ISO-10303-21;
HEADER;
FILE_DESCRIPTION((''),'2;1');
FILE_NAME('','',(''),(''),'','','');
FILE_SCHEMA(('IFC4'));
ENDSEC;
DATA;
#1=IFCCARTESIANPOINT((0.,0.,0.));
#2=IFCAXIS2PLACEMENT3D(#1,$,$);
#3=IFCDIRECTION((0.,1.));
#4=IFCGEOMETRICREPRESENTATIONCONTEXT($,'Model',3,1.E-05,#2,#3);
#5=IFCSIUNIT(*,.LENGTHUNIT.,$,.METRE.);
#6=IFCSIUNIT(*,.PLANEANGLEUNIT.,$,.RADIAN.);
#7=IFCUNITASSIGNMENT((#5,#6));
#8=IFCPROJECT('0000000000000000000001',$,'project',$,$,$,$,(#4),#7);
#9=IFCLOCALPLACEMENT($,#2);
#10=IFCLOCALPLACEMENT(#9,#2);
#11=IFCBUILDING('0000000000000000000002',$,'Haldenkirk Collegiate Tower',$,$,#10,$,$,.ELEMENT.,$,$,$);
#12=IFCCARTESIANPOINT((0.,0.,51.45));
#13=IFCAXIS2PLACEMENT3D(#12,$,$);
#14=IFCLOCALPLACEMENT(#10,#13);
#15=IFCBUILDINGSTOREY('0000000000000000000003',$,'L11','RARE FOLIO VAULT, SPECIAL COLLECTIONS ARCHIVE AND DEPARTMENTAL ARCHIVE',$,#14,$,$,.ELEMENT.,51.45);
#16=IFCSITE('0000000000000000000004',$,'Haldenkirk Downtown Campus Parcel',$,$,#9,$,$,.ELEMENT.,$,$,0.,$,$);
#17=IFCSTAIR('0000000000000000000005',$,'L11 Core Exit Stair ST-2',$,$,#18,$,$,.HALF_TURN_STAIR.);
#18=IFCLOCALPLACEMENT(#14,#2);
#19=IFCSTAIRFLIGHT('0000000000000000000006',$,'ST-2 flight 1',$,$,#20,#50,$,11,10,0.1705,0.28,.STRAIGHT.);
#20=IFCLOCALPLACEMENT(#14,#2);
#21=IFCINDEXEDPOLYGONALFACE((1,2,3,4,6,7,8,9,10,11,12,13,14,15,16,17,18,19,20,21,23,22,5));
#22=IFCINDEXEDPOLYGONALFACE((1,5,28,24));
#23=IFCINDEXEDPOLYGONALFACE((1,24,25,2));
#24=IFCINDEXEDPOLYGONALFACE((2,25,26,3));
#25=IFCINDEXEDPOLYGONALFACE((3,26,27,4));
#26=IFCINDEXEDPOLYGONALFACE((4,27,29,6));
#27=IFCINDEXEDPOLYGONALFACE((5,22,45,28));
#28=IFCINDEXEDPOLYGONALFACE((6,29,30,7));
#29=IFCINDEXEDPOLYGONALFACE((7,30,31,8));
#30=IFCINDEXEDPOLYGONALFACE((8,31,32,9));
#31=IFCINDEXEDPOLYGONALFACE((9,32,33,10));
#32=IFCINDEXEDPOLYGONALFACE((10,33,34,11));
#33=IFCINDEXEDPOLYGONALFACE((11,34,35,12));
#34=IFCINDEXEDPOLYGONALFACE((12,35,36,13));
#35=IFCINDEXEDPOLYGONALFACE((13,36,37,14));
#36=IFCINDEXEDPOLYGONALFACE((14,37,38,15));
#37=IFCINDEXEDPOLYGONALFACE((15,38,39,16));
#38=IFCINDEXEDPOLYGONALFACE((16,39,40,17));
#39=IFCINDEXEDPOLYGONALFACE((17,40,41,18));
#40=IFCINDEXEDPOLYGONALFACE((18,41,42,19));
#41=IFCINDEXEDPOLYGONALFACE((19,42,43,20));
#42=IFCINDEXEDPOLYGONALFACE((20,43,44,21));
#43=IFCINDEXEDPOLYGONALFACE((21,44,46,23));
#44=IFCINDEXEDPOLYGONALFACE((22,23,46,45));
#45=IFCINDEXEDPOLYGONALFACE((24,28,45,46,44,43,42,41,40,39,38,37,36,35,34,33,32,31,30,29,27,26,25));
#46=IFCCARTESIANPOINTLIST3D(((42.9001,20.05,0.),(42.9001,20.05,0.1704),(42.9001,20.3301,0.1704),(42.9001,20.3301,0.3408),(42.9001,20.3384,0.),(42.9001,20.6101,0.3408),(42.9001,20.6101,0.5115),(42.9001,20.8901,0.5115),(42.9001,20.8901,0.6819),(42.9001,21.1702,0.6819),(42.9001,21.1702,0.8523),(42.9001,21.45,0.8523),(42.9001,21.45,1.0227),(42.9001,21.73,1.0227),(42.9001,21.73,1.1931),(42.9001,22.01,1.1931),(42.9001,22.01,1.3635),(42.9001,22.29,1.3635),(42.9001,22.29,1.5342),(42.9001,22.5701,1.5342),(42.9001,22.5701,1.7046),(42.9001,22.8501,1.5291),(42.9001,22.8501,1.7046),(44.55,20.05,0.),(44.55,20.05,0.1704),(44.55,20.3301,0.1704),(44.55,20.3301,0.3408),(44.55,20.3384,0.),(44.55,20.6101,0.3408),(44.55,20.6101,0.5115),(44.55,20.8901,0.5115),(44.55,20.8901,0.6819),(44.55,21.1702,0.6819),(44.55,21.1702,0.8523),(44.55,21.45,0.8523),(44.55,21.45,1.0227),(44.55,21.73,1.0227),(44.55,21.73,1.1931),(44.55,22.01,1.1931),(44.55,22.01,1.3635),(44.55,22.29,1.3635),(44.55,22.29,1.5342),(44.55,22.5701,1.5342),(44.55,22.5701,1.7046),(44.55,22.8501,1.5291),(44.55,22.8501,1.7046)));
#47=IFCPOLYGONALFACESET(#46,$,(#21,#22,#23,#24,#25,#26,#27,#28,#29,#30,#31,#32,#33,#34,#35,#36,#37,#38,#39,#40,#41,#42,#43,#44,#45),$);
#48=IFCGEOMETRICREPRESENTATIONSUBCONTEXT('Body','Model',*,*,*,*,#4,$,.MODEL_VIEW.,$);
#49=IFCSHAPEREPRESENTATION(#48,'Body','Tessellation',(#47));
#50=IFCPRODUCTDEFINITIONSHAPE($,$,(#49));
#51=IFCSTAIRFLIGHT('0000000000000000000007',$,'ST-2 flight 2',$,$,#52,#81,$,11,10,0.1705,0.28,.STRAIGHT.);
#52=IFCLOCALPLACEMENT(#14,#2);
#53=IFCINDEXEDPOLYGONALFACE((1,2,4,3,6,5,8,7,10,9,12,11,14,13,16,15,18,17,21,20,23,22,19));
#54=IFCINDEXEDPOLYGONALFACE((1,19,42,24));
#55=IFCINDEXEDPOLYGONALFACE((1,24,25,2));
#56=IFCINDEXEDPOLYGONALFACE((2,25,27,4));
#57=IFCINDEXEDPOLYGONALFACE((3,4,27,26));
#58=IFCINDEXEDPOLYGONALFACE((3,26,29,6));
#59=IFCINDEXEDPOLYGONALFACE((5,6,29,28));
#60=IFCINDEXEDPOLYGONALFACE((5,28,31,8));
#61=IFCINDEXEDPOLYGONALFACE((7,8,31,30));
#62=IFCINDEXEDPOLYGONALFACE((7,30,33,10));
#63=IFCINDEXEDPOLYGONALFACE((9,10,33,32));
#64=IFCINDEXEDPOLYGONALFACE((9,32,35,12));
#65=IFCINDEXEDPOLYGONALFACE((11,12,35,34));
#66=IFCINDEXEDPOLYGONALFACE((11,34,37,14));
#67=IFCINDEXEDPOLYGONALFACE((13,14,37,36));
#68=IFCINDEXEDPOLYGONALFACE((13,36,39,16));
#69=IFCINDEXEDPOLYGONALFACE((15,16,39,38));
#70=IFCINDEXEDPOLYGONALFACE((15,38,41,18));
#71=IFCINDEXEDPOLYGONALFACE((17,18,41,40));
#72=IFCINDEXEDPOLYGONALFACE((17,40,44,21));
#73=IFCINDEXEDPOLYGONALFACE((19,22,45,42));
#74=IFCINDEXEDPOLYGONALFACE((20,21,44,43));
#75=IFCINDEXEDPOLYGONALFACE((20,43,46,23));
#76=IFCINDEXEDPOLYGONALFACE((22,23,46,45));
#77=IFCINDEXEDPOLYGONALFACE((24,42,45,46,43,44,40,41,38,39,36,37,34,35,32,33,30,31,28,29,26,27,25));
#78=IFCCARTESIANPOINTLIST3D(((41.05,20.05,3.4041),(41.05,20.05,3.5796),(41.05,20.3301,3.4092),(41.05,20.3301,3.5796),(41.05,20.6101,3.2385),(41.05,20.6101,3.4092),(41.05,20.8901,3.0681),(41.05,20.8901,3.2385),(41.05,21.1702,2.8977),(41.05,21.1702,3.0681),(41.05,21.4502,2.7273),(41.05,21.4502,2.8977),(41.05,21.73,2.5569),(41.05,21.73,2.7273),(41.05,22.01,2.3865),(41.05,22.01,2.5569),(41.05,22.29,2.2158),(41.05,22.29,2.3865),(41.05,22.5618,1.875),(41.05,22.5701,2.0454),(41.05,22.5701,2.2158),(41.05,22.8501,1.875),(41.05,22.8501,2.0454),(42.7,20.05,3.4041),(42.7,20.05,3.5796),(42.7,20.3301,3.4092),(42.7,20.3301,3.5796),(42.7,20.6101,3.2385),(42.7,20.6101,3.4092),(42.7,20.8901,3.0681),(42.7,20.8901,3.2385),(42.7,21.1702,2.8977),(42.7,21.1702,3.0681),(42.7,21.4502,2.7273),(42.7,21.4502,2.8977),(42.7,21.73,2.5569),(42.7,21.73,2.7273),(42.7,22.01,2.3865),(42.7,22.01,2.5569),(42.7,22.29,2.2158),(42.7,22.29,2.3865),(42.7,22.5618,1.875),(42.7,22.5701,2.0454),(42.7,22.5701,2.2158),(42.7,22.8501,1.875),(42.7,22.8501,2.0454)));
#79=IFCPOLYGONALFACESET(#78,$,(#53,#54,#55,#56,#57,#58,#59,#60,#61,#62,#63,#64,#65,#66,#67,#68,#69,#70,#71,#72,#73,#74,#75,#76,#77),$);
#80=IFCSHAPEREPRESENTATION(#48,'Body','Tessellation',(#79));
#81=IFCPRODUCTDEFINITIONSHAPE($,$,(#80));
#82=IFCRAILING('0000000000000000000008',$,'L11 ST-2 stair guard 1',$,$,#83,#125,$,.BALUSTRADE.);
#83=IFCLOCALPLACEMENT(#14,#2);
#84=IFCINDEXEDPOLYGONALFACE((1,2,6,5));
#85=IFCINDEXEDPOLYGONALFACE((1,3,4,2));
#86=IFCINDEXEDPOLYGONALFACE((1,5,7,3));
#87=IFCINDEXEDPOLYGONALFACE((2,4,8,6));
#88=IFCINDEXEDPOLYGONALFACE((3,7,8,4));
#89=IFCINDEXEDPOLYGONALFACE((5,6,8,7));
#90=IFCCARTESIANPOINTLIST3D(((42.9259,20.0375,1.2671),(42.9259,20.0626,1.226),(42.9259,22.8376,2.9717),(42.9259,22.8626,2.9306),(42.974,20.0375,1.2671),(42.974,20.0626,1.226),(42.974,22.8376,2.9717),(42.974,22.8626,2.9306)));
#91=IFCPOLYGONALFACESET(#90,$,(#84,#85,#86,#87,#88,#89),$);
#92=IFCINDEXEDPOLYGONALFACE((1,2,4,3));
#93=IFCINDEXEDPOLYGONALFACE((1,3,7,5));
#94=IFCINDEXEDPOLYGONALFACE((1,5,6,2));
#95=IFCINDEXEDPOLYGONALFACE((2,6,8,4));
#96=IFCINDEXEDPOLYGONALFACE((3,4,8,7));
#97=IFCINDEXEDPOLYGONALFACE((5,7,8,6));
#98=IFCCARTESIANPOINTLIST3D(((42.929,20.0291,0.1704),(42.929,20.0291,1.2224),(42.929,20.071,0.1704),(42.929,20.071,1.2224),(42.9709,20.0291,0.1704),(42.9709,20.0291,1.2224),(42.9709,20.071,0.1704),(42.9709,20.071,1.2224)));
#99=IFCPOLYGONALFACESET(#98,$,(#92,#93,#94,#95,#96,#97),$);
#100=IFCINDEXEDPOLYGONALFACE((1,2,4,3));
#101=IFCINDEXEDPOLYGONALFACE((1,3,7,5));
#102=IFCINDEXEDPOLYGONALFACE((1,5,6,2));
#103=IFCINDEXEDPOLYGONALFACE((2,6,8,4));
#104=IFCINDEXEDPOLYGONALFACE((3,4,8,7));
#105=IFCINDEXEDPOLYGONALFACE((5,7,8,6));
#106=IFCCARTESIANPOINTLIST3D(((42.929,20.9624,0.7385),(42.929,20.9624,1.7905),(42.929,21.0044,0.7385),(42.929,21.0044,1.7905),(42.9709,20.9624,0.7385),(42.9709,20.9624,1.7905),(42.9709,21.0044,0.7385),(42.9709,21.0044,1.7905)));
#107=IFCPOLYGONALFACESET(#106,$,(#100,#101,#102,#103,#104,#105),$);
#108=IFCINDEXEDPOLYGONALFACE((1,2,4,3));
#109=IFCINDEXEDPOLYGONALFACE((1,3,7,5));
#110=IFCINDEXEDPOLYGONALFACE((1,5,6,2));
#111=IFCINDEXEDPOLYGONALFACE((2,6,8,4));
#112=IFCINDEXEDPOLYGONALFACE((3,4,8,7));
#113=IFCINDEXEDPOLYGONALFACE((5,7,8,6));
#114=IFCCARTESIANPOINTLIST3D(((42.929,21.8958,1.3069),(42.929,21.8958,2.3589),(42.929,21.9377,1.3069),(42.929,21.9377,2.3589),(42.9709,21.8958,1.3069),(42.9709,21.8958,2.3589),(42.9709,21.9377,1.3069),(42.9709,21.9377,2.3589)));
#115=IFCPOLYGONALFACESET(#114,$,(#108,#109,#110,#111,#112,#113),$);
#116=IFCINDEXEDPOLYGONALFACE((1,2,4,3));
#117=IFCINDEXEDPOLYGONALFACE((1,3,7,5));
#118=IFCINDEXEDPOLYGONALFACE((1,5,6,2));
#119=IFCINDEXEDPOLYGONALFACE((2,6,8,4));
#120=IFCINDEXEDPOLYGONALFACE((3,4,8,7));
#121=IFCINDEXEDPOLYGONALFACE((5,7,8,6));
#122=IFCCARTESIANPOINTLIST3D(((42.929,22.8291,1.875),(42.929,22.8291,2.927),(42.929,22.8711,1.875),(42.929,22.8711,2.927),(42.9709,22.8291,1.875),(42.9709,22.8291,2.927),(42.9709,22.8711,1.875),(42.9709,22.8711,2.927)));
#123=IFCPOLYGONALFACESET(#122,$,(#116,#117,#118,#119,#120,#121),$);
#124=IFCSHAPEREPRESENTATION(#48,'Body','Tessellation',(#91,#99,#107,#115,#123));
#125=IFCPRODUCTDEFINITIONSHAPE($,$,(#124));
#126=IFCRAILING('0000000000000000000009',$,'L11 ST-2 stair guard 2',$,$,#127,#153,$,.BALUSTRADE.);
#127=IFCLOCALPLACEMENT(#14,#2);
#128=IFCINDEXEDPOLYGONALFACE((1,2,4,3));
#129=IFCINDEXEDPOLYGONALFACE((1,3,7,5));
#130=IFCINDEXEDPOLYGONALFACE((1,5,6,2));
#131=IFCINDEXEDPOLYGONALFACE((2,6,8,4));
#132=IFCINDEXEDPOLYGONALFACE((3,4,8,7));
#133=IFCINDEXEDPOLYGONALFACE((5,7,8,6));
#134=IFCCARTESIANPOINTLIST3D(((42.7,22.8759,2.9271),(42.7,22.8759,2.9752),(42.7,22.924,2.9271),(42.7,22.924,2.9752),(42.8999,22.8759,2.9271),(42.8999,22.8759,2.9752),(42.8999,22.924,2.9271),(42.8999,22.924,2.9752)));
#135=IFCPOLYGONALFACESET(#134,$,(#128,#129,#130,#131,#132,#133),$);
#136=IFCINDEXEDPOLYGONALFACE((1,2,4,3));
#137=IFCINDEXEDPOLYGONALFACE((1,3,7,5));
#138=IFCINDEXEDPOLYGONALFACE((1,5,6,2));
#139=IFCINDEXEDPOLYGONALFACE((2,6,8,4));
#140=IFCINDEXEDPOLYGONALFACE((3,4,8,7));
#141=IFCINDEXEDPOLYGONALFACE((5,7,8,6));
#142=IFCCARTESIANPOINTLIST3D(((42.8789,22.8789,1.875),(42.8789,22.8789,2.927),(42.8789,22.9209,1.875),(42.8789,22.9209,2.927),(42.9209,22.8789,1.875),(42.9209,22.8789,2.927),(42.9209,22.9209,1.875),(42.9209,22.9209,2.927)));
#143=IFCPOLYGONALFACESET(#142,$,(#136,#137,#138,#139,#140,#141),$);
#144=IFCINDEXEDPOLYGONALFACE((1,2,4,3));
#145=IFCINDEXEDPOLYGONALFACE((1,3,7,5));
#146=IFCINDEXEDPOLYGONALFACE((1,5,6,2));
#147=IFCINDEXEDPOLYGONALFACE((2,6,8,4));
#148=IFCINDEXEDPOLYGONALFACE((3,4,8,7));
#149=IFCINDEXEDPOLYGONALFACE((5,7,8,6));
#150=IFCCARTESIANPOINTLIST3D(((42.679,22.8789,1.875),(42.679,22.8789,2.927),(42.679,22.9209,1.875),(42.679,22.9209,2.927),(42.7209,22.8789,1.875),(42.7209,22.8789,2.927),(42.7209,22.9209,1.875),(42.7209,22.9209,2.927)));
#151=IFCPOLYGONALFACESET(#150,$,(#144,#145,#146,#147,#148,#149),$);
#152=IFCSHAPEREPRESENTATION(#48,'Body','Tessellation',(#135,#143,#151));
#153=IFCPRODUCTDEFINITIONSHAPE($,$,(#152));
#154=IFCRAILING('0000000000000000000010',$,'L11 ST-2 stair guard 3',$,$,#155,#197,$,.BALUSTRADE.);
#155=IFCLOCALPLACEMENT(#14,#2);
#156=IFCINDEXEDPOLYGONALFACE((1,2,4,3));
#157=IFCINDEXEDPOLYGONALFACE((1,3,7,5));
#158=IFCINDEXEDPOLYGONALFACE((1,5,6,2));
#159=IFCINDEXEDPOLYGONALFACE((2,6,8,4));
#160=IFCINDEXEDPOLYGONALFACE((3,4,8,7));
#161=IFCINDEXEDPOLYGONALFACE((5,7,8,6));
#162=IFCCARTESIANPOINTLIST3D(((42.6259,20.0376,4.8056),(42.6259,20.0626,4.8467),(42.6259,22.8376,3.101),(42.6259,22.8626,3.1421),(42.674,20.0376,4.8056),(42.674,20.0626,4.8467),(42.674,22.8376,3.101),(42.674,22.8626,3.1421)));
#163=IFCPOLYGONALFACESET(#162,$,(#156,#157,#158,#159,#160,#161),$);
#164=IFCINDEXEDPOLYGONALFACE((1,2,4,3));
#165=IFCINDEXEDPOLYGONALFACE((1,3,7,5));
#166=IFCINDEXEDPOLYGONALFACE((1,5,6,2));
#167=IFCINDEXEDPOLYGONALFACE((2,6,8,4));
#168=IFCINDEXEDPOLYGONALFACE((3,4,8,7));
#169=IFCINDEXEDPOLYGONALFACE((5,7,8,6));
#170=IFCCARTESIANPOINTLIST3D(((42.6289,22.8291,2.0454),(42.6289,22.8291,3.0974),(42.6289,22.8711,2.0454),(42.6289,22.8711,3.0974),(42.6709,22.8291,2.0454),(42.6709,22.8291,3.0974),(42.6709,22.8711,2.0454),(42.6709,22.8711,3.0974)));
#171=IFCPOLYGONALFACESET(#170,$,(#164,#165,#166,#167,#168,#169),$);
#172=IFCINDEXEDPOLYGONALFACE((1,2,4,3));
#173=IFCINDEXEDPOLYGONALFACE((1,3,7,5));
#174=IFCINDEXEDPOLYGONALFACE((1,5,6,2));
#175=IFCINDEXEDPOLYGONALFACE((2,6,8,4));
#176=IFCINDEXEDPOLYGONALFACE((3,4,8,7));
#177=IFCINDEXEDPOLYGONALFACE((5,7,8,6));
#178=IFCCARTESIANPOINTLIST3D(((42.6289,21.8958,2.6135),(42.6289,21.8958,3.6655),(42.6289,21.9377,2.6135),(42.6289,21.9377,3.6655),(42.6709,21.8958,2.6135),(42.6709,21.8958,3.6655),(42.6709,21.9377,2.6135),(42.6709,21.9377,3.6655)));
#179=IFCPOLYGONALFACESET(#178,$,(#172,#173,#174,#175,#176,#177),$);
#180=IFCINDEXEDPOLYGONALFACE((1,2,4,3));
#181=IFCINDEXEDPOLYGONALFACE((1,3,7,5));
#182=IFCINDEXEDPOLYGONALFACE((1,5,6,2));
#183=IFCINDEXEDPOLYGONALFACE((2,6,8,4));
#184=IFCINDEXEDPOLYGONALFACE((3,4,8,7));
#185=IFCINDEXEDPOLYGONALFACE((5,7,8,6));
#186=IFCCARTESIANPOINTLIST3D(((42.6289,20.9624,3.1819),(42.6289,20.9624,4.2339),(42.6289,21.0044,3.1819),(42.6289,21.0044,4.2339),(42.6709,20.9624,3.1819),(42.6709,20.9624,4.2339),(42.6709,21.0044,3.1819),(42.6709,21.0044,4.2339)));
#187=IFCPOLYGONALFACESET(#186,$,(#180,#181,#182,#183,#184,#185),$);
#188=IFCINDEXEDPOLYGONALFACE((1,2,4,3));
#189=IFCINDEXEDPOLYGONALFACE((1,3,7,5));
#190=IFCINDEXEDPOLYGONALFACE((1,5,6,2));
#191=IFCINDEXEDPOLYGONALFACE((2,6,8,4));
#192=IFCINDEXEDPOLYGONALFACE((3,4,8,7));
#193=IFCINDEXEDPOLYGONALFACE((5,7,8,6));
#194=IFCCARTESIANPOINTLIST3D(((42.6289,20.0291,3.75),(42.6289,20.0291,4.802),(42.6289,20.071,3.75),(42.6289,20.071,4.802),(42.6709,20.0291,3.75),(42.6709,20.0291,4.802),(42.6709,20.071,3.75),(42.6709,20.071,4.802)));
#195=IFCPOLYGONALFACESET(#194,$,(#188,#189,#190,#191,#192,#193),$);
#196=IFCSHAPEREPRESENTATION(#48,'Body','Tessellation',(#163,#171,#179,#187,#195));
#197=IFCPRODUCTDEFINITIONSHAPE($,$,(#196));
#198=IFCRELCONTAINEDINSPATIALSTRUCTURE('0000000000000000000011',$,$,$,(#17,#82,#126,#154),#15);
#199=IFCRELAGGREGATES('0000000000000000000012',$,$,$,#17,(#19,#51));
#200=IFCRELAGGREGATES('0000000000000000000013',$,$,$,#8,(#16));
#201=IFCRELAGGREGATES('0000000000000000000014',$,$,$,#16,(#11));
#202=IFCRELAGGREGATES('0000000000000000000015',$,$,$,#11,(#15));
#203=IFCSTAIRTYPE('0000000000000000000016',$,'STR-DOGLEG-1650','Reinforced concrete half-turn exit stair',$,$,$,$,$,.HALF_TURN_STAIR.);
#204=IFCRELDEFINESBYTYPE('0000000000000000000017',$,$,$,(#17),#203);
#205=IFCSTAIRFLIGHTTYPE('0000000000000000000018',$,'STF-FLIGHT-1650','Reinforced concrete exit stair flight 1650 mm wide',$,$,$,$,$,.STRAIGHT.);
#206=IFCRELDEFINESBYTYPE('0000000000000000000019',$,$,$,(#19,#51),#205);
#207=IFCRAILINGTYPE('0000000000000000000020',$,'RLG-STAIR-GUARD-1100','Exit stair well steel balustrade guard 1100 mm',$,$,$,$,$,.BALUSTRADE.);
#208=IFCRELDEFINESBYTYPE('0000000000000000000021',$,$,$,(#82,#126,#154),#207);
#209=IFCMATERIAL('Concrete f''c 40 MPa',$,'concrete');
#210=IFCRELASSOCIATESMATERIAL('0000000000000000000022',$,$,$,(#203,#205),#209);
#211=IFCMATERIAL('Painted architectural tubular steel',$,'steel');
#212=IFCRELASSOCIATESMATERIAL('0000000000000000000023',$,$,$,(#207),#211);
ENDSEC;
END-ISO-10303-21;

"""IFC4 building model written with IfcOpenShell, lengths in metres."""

from ifc_helpers import new_model, si_unit, direction, frame, origin, origin_2d, place, context, subcontext, project, spatial, polyline, rectangle, outline, extrude, material, type_object, element, aggregate, save


model = new_model("IFC4")

# Units and contexts
model_context = context("Model", 3, precision=1e-05, world=origin(), true_north=direction((0.0, 1.0)))
body_context = subcontext(model_context, "Body", "Model", "MODEL_VIEW")
ifc_project = project(units=[si_unit("LENGTHUNIT", "METRE"), si_unit("PLANEANGLEUNIT", "RADIAN")], contexts=[model_context])

# Site, building, storey
site_placement = place(None, origin())
site = spatial("IfcSite", under=ifc_project, at=site_placement, Name="Haldenkirk Downtown Campus Parcel", CompositionType="ELEMENT", RefElevation=0.0)
building_placement = place(site_placement, origin())
building = spatial("IfcBuilding", under=site, at=building_placement, Name="Haldenkirk Collegiate Tower", CompositionType="ELEMENT")
storey_placement = place(building_placement, frame((0.0, 0.0, 51.45)))
storey = spatial("IfcBuildingStorey", under=building, at=storey_placement, Name="L11", Description="RARE FOLIO VAULT, SPECIAL COLLECTIONS ARCHIVE AND DEPARTMENTAL ARCHIVE", CompositionType="ELEMENT", Elevation=51.45)

# Stair, stair flights
ifc_material_1 = material(Name="Concrete f'c 40 MPa", Category="concrete")
stair_type = type_object("IfcStairType", Name="STR-DOGLEG-1650", Description="Reinforced concrete half-turn exit stair", PredefinedType="HALF_TURN_STAIR", material=ifc_material_1)
stair_placement = place(storey_placement, origin())
stair = element("IfcStair", 1, at=stair_placement, inside=storey, type_object=stair_type, Name="L11 Core Exit Stair ST-2", PredefinedType="HALF_TURN_STAIR")
stair_flight_type = type_object("IfcStairFlightType", Name="STF-FLIGHT-1650", Description="Reinforced concrete exit stair flight 1650 mm wide", PredefinedType="STRAIGHT", material=ifc_material_1)
stair_flight_1_placement = place(storey_placement, frame((43.7251, 20.05, 0.0), z_axis=(0.0, 0.0, 1.0), x_axis=(0.0, 1.0, 0.0)))
stair_flight_1 = element("IfcStairFlight", 2, at=stair_flight_1_placement, type_object=stair_flight_type, Name="ST-2 flight 1", NumberOfRisers=11, NumberOfTreads=10, PredefinedType="STRAIGHT", RiserHeight=0.1705, TreadLength=0.28, context=body_context, shape_type="SweptSolid", body=[
    extrude(outline(polyline([(0.0, 0.0), (0.0, 0.1704), (0.28, 0.1704), (0.28, 0.3408), (0.5601, 0.3408), (0.5601, 0.5115), (0.8401, 0.5115), (0.8401, 0.6819), (1.1201, 0.6819), (1.1201, 0.8523), (1.3999, 0.8523), (1.3999, 1.0227), (1.6799, 1.0227), (1.6799, 1.1931), (1.96, 1.1931), (1.96, 1.3635), (2.24, 1.3635), (2.24, 1.5342), (2.52, 1.5342), (2.52, 1.7046), (2.8, 1.7046), (2.8, 1.875), (2.8, 1.5291), (0.2883, 0.0), (0.0, 0.0)])), frame((0.0, 0.825, 0.0), z_axis=(0.0, -1.0, 0.0), x_axis=(1.0, 0.0, 0.0)), (0.0, 0.0, 1.0), 1.6499),
])
stair_flight_2_placement = place(storey_placement, frame((41.875, 22.8501, 1.875), z_axis=(0.0, 0.0, 1.0), x_axis=(0.0, -1.0, 0.0)))
stair_flight_2 = element("IfcStairFlight", 3, at=stair_flight_2_placement, type_object=stair_flight_type, Name="ST-2 flight 2", NumberOfRisers=11, NumberOfTreads=10, PredefinedType="STRAIGHT", RiserHeight=0.1705, TreadLength=0.28, context=body_context, shape_type="SweptSolid", body=[
    extrude(outline(polyline([(0.0, 0.0), (0.0, 0.1704), (0.28, 0.1704), (0.28, 0.3408), (0.5601, 0.3408), (0.5601, 0.5115), (0.8401, 0.5115), (0.8401, 0.6819), (1.1201, 0.6819), (1.1201, 0.8523), (1.3999, 0.8523), (1.3999, 1.0227), (1.6799, 1.0227), (1.6799, 1.1931), (1.96, 1.1931), (1.96, 1.3635), (2.24, 1.3635), (2.24, 1.5342), (2.52, 1.5342), (2.52, 1.7046), (2.8, 1.7046), (2.8, 1.875), (2.8, 1.5291), (0.2883, 0.0), (0.0, 0.0)])), frame((0.0, 0.825, 0.0), z_axis=(0.0, -1.0, 0.0), x_axis=(1.0, 0.0, 0.0)), (0.0, 0.0, 1.0), 1.6499),
])
aggregate(stair, [stair_flight_1, stair_flight_2])

# Railings
ifc_material_2 = material(Name="Painted architectural tubular steel", Category="steel")
railing_type_1 = type_object("IfcRailingType", Name="RLG-STAIR-GUARD-1100", Description="Exit stair well steel balustrade guard 1100 mm", PredefinedType="BALUSTRADE", material=ifc_material_2)
railing_1_placement = place(storey_placement, frame((42.95, 20.05, 0.1704)))
element("IfcRailing", 4, at=railing_1_placement, inside=storey, type_object=railing_type_1, Name="L11 ST-2 stair guard 1", PredefinedType="BALUSTRADE", context=body_context, shape_type="SweptSolid", body=[
    extrude(rectangle(XDim=0.0481, YDim=0.0481, at=origin_2d()), frame((0.0, 0.0, 1.0762), z_axis=(0.0, 0.85417, 0.519994), x_axis=(-1.0, 0.0, 0.0)), (0.0, 0.0, 1.0), 3.2781),
    extrude(rectangle(XDim=0.042, YDim=0.042, at=origin_2d()), origin(), (0.0, 0.0, 1.0), 1.052),
    extrude(rectangle(XDim=0.042, YDim=0.042, at=origin_2d()), frame((0.0, 0.9333, 0.5681)), (0.0, 0.0, 1.0), 1.052),
    extrude(rectangle(XDim=0.042, YDim=0.042, at=origin_2d()), frame((0.0, 1.8667, 1.1365)), (0.0, 0.0, 1.0), 1.052),
    extrude(rectangle(XDim=0.042, YDim=0.042, at=origin_2d()), frame((0.0, 2.8, 1.7046)), (0.0, 0.0, 1.0), 1.052),
])
railing_2_placement = place(storey_placement, frame((42.8999, 22.8999, 1.875)))
element("IfcRailing", 5, at=railing_2_placement, inside=storey, type_object=railing_type_1, Name="L11 ST-2 stair guard 2", PredefinedType="BALUSTRADE", context=body_context, shape_type="SweptSolid", body=[
    extrude(rectangle(XDim=0.0481, YDim=0.0481, at=origin_2d()), frame((0.0, 0.0, 1.0762), z_axis=(-1.0, 0.0, 0.0), x_axis=(0.0, -1.0, 0.0)), (0.0, 0.0, 1.0), 0.2),
    extrude(rectangle(XDim=0.042, YDim=0.042, at=origin_2d()), origin(), (0.0, 0.0, 1.0), 1.052),
    extrude(rectangle(XDim=0.042, YDim=0.042, at=origin_2d()), frame((-0.2, 0.0, 0.0)), (0.0, 0.0, 1.0), 1.052),
])
railing_3_placement = place(storey_placement, frame((42.6499, 22.8501, 2.0454)))
element("IfcRailing", 6, at=railing_3_placement, inside=storey, type_object=railing_type_1, Name="L11 ST-2 stair guard 3", PredefinedType="BALUSTRADE", context=body_context, shape_type="SweptSolid", body=[
    extrude(rectangle(XDim=0.0481, YDim=0.0481, at=origin_2d()), frame((0.0, 0.0, 1.0762), z_axis=(0.0, -0.85417, 0.519994), x_axis=(1.0, 0.0, 0.0)), (0.0, 0.0, 1.0), 3.2781),
    extrude(rectangle(XDim=0.042, YDim=0.042, at=origin_2d()), origin(), (0.0, 0.0, 1.0), 1.052),
    extrude(rectangle(XDim=0.042, YDim=0.042, at=origin_2d()), frame((0.0, -0.9333, 0.5681)), (0.0, 0.0, 1.0), 1.052),
    extrude(rectangle(XDim=0.042, YDim=0.042, at=origin_2d()), frame((0.0, -1.8667, 1.1365)), (0.0, 0.0, 1.0), 1.052),
    extrude(rectangle(XDim=0.042, YDim=0.042, at=origin_2d()), frame((0.0, -2.8, 1.7046)), (0.0, 0.0, 1.0), 1.052),
])

save(model, "model.ifc")
